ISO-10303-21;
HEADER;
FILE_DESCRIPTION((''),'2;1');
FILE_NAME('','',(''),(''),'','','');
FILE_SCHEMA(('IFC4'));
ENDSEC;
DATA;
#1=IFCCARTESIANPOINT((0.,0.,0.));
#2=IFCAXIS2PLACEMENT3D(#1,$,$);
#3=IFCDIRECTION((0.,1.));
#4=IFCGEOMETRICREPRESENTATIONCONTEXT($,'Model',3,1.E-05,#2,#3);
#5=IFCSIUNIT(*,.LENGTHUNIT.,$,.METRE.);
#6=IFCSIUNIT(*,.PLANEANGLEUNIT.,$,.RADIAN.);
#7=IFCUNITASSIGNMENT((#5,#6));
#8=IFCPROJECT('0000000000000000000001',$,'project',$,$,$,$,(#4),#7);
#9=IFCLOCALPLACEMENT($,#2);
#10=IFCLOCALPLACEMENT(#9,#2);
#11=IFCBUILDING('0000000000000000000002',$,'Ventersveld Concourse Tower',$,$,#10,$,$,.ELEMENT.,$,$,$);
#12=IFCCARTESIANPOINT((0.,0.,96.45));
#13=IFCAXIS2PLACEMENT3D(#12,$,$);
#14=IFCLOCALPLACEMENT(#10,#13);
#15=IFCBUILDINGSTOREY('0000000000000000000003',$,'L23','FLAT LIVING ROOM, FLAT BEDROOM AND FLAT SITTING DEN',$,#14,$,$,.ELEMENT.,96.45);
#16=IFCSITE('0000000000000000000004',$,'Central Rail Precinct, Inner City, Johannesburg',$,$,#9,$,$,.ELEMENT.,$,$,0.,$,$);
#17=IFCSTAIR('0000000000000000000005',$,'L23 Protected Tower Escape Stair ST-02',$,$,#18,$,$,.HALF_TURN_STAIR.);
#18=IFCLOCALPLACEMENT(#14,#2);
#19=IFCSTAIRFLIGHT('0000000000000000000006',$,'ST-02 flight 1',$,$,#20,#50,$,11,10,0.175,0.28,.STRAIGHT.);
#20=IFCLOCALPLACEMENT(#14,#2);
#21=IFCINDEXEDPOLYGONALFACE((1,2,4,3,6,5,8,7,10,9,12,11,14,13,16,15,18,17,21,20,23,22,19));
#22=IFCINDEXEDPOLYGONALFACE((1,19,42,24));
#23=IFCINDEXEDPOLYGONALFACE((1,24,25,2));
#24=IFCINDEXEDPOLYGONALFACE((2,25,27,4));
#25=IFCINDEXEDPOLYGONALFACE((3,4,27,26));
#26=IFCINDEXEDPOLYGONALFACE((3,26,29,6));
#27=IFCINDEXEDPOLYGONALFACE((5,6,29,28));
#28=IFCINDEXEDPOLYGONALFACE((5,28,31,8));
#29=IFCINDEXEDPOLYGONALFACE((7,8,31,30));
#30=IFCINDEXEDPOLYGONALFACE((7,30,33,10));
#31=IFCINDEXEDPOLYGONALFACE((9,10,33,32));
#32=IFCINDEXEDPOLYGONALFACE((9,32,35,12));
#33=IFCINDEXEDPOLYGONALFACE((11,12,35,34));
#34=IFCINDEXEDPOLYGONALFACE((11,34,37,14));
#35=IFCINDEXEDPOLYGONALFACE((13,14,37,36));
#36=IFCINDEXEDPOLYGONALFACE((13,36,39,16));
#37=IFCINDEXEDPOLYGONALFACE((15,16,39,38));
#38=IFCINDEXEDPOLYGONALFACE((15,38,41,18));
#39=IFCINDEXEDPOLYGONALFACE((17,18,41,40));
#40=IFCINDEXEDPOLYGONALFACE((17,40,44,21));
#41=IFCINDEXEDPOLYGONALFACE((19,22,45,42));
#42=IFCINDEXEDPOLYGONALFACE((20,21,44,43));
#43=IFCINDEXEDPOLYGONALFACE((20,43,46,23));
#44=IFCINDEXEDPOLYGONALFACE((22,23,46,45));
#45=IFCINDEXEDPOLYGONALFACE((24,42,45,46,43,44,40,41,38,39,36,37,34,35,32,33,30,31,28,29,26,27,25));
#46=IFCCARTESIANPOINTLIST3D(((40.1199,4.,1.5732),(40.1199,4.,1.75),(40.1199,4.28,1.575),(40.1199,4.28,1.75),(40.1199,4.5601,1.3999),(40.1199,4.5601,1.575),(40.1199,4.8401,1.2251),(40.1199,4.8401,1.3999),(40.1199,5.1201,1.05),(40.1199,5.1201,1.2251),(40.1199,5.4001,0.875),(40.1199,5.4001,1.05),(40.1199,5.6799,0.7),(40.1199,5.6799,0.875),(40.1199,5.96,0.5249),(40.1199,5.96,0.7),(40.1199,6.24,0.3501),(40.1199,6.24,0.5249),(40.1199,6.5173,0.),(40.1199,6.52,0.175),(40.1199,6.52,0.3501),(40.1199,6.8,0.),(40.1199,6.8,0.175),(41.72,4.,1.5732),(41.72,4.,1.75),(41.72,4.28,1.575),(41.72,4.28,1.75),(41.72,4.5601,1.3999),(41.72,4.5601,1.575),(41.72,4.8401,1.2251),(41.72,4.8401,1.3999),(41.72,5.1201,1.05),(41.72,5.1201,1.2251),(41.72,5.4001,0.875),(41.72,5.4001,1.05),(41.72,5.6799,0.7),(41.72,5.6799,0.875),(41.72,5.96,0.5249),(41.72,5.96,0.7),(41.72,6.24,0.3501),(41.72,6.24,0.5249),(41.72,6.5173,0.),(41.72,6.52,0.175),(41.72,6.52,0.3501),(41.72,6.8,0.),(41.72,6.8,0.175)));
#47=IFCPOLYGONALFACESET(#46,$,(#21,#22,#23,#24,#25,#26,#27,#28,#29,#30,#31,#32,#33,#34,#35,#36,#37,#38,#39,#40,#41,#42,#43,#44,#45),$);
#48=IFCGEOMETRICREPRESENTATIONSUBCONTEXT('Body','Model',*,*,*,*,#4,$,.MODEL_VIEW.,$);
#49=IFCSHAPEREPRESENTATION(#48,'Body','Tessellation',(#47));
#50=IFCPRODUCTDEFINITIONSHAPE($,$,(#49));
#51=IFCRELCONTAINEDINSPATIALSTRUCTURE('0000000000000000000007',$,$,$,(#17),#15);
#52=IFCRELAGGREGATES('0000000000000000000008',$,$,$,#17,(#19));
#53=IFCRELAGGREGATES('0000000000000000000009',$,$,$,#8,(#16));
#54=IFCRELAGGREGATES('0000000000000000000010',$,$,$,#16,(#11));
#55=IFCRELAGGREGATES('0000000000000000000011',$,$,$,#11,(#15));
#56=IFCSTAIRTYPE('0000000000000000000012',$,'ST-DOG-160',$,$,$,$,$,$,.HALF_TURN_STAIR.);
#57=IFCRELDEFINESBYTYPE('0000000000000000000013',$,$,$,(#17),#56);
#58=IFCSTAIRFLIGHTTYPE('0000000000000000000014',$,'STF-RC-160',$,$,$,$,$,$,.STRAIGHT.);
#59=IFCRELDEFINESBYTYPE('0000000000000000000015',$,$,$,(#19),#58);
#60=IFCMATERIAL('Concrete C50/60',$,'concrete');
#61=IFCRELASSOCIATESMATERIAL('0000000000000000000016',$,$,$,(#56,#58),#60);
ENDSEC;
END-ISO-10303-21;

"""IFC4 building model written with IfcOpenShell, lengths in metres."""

from ifc_helpers import new_model, si_unit, direction, frame, origin, place, context, subcontext, project, spatial, polyline, outline, extrude, material, type_object, element, aggregate, save


model = new_model("IFC4")

# Units and contexts
model_context = context("Model", 3, precision=1e-05, world=origin(), true_north=direction((0.0, 1.0)))
body_context = subcontext(model_context, "Body", "Model", "MODEL_VIEW")
ifc_project = project(units=[si_unit("LENGTHUNIT", "METRE"), si_unit("PLANEANGLEUNIT", "RADIAN")], contexts=[model_context])

# Site, building, storey
site_placement = place(None, origin())
site = spatial("IfcSite", under=ifc_project, at=site_placement, Name="Central Rail Precinct, Inner City, Johannesburg", CompositionType="ELEMENT", RefElevation=0.0)
building_placement = place(site_placement, origin())
building = spatial("IfcBuilding", under=site, at=building_placement, Name="Ventersveld Concourse Tower", CompositionType="ELEMENT")
storey_placement = place(building_placement, frame((0.0, 0.0, 96.45)))
storey = spatial("IfcBuildingStorey", under=building, at=storey_placement, Name="L23", Description="FLAT LIVING ROOM, FLAT BEDROOM AND FLAT SITTING DEN", CompositionType="ELEMENT", Elevation=96.45)

# Shared definitions
ifc_material_1 = material(Name="Concrete C50/60", Category="concrete")

# Stair, stair flight
stair_type = type_object("IfcStairType", Name="ST-DOG-160", PredefinedType="HALF_TURN_STAIR", material=ifc_material_1)
stair_placement = place(storey_placement, origin())
stair = element("IfcStair", 1, at=stair_placement, inside=storey, type_object=stair_type, Name="L23 Protected Tower Escape Stair ST-02", PredefinedType="HALF_TURN_STAIR")
stair_flight_type = type_object("IfcStairFlightType", Name="STF-RC-160", PredefinedType="STRAIGHT", material=ifc_material_1)
stair_flight_placement = place(storey_placement, frame((40.9199, 6.8, 0.0), z_axis=(0.0, 0.0, 1.0), x_axis=(0.0, -1.0, 0.0)))
stair_flight = element("IfcStairFlight", 2, at=stair_flight_placement, type_object=stair_flight_type, Name="ST-02 flight 1", NumberOfRisers=11, NumberOfTreads=10, PredefinedType="STRAIGHT", RiserHeight=0.175, TreadLength=0.28, context=body_context, shape_type="SweptSolid", body=[
    extrude(outline(polyline([(0.0, 0.0), (0.0, 0.175), (0.28, 0.175), (0.28, 0.3501), (0.5601, 0.3501), (0.5601, 0.5249), (0.8401, 0.5249), (0.8401, 0.7), (1.1201, 0.7), (1.1201, 0.875), (1.3999, 0.875), (1.3999, 1.05), (1.6799, 1.05), (1.6799, 1.2251), (1.96, 1.2251), (1.96, 1.3999), (2.24, 1.3999), (2.24, 1.575), (2.52, 1.575), (2.52, 1.75), (2.8, 1.75), (2.8, 1.925), (2.8, 1.5732), (0.2827, 0.0), (0.0, 0.0)])), frame((0.0, 0.8, 0.0), z_axis=(0.0, -1.0, 0.0), x_axis=(1.0, 0.0, 0.0)), (0.0, 0.0, 1.0), 1.6001),
])
aggregate(stair, [stair_flight])

save(model, "model.ifc")
